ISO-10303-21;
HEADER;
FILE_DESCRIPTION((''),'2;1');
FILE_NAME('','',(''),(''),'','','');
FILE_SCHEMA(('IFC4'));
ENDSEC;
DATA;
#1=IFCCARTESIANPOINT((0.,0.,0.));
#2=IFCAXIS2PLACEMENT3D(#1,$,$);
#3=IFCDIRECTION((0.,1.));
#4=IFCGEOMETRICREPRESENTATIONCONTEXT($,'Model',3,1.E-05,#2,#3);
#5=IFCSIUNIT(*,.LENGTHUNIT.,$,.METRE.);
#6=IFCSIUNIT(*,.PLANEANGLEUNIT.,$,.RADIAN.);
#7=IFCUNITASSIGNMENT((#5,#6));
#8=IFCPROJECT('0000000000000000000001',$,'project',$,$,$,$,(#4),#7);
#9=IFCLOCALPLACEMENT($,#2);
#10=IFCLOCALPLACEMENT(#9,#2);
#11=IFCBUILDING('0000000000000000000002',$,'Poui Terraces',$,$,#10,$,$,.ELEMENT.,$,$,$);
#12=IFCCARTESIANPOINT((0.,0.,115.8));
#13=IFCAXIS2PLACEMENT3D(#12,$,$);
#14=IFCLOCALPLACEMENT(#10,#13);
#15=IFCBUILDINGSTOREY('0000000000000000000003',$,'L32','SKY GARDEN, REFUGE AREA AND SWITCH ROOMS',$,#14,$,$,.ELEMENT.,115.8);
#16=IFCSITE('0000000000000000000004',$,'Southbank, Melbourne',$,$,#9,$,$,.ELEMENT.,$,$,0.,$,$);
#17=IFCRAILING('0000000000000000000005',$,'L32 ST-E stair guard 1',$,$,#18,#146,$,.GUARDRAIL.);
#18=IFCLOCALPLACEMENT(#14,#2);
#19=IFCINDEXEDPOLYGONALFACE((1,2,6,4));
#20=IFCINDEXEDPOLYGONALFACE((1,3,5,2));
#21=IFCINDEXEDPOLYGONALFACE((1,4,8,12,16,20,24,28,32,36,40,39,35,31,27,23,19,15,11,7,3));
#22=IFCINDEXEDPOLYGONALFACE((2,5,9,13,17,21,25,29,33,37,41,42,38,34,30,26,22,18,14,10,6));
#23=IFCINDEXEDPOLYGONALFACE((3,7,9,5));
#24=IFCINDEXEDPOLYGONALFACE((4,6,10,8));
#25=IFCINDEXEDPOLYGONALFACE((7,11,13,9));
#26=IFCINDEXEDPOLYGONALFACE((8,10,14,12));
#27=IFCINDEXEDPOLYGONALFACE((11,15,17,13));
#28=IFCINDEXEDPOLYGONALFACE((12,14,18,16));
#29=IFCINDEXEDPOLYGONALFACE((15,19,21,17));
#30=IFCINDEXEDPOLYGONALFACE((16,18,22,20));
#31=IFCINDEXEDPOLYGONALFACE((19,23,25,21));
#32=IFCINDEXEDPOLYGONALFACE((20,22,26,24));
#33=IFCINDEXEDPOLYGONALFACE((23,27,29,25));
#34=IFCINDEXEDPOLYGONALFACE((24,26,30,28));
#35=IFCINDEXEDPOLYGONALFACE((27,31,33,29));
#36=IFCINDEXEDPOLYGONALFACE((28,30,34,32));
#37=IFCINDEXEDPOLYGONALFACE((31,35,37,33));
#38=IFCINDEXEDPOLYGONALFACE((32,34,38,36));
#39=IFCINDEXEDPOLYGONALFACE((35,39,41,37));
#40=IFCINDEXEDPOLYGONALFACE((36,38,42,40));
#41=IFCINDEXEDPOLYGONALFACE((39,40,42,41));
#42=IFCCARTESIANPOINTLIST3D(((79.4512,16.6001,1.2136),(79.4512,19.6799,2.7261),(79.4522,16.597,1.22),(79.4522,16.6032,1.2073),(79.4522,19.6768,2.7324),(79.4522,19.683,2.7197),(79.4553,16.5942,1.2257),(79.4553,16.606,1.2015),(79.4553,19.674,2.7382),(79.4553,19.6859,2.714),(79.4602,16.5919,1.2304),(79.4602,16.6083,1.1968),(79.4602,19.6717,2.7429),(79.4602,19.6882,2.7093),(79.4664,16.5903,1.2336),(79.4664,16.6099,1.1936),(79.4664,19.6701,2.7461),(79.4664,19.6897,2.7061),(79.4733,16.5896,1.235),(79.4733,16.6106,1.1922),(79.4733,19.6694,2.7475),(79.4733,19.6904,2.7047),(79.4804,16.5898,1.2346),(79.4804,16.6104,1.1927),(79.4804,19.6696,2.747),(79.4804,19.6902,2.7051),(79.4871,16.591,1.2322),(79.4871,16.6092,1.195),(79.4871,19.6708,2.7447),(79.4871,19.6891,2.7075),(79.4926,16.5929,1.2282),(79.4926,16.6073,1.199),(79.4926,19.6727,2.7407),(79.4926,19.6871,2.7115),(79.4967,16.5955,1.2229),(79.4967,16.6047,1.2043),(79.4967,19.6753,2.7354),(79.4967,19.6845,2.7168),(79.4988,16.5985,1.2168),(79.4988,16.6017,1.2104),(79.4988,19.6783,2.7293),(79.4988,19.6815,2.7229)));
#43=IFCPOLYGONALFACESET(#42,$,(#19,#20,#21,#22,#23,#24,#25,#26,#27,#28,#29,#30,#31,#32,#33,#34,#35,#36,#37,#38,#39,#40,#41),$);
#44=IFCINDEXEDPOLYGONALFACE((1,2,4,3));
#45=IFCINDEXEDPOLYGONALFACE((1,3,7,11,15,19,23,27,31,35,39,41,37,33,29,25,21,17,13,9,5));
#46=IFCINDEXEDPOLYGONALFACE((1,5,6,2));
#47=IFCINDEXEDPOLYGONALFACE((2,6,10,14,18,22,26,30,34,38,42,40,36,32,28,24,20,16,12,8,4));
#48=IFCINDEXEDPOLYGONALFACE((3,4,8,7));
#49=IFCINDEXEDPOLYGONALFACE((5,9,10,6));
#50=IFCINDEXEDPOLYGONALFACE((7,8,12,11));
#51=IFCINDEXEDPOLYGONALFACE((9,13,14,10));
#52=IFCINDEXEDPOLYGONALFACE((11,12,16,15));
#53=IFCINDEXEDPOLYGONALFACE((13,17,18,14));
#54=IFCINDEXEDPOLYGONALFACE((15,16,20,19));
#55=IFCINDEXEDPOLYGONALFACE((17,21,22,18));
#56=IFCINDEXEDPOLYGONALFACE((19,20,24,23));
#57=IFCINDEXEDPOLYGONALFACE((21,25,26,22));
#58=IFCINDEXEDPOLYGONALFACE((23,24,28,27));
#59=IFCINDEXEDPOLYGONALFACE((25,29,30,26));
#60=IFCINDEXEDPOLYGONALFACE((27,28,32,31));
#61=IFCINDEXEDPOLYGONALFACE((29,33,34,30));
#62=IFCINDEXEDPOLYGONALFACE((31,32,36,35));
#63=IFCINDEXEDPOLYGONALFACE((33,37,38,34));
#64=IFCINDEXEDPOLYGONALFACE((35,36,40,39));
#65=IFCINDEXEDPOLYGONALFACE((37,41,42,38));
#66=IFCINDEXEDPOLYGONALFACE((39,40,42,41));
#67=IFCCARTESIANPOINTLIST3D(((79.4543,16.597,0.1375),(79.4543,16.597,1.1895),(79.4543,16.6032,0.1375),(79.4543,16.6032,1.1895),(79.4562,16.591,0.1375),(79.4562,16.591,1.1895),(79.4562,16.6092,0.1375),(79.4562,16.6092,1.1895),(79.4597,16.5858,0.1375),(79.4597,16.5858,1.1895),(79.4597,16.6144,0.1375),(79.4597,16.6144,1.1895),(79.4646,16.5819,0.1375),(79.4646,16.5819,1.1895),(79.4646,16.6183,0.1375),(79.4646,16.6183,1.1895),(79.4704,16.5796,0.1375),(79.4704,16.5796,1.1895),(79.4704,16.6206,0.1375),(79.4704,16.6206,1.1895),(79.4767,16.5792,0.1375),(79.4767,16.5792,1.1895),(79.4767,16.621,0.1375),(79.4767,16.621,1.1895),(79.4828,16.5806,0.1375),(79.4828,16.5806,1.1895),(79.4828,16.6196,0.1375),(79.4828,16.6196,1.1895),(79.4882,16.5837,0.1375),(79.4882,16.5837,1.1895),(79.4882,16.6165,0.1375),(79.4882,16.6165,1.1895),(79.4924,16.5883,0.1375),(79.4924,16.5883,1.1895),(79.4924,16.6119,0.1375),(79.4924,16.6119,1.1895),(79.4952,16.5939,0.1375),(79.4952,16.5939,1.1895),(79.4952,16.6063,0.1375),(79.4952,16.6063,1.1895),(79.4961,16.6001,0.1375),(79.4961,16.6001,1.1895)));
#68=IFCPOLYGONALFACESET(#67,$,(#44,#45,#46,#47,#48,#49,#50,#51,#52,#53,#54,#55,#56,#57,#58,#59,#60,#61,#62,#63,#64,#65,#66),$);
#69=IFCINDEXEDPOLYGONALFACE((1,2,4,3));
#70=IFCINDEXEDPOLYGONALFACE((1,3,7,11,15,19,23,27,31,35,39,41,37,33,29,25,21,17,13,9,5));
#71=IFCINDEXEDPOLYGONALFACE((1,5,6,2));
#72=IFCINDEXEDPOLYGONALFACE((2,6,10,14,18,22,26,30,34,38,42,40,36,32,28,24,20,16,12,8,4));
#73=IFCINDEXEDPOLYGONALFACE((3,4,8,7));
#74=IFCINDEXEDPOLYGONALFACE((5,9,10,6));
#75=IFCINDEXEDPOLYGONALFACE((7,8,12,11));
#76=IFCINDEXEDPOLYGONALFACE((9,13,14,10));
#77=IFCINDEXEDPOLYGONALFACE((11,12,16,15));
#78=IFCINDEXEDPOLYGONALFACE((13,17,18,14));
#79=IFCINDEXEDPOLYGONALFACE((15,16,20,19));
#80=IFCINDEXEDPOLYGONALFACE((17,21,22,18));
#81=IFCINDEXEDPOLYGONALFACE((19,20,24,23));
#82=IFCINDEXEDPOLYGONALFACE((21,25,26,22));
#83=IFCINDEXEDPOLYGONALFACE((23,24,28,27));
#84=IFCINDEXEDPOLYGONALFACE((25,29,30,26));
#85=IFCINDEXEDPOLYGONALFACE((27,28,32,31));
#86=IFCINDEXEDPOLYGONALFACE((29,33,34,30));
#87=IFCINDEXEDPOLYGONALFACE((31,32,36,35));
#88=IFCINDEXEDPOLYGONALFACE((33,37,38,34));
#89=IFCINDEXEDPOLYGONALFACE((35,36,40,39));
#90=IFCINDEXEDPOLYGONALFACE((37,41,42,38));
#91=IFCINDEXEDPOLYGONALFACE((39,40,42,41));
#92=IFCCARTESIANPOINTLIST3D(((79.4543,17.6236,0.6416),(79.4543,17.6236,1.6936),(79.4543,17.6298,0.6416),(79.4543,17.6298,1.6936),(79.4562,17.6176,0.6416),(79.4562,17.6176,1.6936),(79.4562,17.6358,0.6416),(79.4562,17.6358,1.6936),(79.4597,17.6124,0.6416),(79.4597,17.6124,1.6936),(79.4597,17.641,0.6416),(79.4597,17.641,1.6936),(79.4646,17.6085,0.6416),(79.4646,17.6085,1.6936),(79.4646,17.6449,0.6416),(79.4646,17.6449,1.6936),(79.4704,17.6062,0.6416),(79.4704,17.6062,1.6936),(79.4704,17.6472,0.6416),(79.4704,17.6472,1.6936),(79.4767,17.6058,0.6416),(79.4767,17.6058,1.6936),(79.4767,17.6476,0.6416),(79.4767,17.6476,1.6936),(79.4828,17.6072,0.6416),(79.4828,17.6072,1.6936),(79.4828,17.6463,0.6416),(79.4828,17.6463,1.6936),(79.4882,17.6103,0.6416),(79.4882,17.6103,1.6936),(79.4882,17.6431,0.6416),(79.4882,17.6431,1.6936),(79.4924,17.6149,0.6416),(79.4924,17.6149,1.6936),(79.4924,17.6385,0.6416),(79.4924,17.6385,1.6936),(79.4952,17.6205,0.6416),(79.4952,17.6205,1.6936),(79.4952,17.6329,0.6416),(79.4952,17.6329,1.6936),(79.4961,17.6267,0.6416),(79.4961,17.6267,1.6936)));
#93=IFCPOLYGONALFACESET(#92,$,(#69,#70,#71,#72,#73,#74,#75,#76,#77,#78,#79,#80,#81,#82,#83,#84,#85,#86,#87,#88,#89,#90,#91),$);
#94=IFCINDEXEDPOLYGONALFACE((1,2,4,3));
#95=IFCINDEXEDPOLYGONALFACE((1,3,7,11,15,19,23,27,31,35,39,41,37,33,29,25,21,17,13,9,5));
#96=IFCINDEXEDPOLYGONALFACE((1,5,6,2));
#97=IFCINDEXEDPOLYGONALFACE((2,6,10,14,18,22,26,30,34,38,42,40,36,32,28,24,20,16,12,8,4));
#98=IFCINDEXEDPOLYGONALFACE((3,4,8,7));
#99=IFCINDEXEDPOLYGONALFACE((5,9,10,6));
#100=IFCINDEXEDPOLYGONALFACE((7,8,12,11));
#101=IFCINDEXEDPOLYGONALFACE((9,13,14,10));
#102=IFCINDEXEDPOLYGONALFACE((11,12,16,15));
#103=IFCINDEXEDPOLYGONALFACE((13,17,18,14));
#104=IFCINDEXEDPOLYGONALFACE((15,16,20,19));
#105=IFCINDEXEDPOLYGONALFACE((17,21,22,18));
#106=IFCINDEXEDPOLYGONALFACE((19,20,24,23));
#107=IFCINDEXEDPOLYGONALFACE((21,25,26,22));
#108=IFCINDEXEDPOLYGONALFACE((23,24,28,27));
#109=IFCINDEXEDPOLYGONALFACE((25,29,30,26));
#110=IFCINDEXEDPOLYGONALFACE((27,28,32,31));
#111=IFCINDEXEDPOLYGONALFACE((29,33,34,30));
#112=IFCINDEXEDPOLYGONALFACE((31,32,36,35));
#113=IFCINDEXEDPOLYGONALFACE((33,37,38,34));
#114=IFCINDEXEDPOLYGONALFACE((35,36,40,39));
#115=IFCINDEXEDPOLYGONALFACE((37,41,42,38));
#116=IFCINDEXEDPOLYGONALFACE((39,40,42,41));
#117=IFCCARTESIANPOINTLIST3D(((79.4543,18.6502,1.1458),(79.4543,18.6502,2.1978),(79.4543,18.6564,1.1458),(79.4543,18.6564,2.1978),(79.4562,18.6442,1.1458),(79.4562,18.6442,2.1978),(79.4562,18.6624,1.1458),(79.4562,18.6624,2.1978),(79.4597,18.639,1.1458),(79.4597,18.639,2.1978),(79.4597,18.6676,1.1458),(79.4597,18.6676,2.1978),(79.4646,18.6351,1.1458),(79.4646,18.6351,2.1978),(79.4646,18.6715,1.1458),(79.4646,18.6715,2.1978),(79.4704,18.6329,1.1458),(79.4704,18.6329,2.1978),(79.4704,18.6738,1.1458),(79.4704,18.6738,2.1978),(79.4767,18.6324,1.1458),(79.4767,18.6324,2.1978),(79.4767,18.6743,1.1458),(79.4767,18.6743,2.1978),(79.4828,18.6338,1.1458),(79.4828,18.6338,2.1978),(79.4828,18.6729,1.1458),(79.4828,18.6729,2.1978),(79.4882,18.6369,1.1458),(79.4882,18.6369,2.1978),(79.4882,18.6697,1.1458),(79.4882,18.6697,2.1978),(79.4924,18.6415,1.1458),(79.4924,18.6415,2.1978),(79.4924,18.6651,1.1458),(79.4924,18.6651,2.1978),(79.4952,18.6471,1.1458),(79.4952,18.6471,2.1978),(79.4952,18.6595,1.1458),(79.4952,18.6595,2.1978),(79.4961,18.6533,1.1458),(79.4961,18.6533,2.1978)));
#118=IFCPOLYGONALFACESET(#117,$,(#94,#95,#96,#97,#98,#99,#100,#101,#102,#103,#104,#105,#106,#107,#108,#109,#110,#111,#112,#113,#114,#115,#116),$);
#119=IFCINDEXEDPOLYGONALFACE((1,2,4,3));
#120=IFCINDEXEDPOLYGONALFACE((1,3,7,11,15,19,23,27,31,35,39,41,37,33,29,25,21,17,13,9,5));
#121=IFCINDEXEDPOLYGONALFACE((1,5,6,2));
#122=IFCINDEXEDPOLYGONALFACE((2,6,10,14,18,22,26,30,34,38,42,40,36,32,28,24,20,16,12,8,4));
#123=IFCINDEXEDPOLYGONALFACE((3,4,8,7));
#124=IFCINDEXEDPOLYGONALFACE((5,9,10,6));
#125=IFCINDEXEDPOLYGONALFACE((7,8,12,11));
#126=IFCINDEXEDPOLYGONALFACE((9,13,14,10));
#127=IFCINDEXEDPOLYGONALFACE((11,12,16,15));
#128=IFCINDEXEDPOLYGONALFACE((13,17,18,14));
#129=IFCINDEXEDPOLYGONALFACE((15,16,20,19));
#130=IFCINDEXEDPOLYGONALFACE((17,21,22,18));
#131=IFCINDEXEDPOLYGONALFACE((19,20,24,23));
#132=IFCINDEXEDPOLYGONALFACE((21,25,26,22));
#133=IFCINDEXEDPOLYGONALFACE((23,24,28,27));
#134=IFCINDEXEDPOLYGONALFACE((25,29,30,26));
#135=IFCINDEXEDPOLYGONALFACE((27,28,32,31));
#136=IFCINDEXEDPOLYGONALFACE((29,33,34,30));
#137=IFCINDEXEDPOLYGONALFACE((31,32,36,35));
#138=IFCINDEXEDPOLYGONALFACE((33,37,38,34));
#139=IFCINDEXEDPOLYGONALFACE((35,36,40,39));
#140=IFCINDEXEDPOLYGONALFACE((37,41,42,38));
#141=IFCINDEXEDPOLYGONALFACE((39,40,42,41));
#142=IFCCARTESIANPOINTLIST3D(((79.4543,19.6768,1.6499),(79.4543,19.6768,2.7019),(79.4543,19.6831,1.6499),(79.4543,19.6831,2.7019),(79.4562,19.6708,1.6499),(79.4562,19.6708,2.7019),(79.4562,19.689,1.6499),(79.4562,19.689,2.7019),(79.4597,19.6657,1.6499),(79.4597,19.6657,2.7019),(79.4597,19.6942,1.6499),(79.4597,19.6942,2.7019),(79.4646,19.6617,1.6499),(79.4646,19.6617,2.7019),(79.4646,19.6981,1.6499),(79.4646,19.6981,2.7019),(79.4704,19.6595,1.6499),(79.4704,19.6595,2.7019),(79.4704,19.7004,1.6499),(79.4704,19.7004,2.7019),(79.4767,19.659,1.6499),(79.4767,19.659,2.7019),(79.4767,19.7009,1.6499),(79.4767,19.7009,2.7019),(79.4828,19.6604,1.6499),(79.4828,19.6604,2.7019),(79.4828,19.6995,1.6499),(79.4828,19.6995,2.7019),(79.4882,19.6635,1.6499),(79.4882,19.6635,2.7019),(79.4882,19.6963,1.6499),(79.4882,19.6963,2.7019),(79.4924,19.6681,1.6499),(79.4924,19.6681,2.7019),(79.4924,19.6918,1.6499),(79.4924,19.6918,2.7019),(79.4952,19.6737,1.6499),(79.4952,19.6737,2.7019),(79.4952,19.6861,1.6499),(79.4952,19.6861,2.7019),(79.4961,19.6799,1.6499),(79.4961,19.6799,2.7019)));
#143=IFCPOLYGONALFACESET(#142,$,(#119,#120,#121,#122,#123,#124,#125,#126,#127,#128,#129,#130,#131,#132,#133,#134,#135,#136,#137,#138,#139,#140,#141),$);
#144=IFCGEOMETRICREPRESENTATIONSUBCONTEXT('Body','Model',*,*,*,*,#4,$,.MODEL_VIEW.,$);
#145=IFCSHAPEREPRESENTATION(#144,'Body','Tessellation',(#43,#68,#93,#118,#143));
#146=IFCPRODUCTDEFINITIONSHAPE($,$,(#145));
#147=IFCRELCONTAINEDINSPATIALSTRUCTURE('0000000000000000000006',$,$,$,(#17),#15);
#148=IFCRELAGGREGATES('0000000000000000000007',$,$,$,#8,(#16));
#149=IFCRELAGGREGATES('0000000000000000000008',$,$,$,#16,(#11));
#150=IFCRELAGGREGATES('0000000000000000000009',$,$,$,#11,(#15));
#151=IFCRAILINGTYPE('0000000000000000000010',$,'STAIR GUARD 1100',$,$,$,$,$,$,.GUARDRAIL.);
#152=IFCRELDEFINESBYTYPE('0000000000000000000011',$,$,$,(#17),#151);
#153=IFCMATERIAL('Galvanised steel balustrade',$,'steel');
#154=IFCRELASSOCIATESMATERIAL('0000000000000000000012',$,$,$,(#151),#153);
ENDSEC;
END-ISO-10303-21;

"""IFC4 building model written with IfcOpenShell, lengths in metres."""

from ifc_helpers import new_model, si_unit, direction, frame, origin, origin_2d, place, context, subcontext, project, spatial, circle, extrude, material, type_object, element, save


model = new_model("IFC4")

# Units and contexts
model_context = context("Model", 3, precision=1e-05, world=origin(), true_north=direction((0.0, 1.0)))
body_context = subcontext(model_context, "Body", "Model", "MODEL_VIEW")
ifc_project = project(units=[si_unit("LENGTHUNIT", "METRE"), si_unit("PLANEANGLEUNIT", "RADIAN")], contexts=[model_context])

# Site, building, storey
site_placement = place(None, origin())
site = spatial("IfcSite", under=ifc_project, at=site_placement, Name="Southbank, Melbourne", CompositionType="ELEMENT", RefElevation=0.0)
building_placement = place(site_placement, origin())
building = spatial("IfcBuilding", under=site, at=building_placement, Name="Poui Terraces", CompositionType="ELEMENT")
storey_placement = place(building_placement, frame((0.0, 0.0, 115.8)))
storey = spatial("IfcBuildingStorey", under=building, at=storey_placement, Name="L32", Description="SKY GARDEN, REFUGE AREA AND SWITCH ROOMS", CompositionType="ELEMENT", Elevation=115.8)

# Railing
ifc_material_1 = material(Name="Galvanised steel balustrade", Category="steel")
railing_type_1 = type_object("IfcRailingType", Name="STAIR GUARD 1100", PredefinedType="GUARDRAIL", material=ifc_material_1)
railing_1_placement = place(storey_placement, frame((79.4751, 16.6001, 0.1375)))
element("IfcRailing", 1, at=railing_1_placement, inside=storey, type_object=railing_type_1, Name="L32 ST-E stair guard 1", PredefinedType="GUARDRAIL", context=body_context, shape_type="SweptSolid", body=[
    extrude(circle(Radius=0.0239, at=origin_2d()), frame((0.0, 0.0, 1.0762), z_axis=(0.0, 0.897606, 0.440798), x_axis=(-1.0, 0.0, 0.0)), (0.0, 0.0, 1.0), 3.4312),
    extrude(circle(Radius=0.021, at=origin_2d()), origin(), (0.0, 0.0, 1.0), 1.052),
    extrude(circle(Radius=0.021, at=origin_2d()), frame((0.0, 1.0266, 0.5042)), (0.0, 0.0, 1.0), 1.052),
    extrude(circle(Radius=0.021, at=origin_2d()), frame((0.0, 2.0532, 1.0083)), (0.0, 0.0, 1.0), 1.052),
    extrude(circle(Radius=0.021, at=origin_2d()), frame((0.0, 3.0798, 1.5125)), (0.0, 0.0, 1.0), 1.052),
])

save(model, "model.ifc")
